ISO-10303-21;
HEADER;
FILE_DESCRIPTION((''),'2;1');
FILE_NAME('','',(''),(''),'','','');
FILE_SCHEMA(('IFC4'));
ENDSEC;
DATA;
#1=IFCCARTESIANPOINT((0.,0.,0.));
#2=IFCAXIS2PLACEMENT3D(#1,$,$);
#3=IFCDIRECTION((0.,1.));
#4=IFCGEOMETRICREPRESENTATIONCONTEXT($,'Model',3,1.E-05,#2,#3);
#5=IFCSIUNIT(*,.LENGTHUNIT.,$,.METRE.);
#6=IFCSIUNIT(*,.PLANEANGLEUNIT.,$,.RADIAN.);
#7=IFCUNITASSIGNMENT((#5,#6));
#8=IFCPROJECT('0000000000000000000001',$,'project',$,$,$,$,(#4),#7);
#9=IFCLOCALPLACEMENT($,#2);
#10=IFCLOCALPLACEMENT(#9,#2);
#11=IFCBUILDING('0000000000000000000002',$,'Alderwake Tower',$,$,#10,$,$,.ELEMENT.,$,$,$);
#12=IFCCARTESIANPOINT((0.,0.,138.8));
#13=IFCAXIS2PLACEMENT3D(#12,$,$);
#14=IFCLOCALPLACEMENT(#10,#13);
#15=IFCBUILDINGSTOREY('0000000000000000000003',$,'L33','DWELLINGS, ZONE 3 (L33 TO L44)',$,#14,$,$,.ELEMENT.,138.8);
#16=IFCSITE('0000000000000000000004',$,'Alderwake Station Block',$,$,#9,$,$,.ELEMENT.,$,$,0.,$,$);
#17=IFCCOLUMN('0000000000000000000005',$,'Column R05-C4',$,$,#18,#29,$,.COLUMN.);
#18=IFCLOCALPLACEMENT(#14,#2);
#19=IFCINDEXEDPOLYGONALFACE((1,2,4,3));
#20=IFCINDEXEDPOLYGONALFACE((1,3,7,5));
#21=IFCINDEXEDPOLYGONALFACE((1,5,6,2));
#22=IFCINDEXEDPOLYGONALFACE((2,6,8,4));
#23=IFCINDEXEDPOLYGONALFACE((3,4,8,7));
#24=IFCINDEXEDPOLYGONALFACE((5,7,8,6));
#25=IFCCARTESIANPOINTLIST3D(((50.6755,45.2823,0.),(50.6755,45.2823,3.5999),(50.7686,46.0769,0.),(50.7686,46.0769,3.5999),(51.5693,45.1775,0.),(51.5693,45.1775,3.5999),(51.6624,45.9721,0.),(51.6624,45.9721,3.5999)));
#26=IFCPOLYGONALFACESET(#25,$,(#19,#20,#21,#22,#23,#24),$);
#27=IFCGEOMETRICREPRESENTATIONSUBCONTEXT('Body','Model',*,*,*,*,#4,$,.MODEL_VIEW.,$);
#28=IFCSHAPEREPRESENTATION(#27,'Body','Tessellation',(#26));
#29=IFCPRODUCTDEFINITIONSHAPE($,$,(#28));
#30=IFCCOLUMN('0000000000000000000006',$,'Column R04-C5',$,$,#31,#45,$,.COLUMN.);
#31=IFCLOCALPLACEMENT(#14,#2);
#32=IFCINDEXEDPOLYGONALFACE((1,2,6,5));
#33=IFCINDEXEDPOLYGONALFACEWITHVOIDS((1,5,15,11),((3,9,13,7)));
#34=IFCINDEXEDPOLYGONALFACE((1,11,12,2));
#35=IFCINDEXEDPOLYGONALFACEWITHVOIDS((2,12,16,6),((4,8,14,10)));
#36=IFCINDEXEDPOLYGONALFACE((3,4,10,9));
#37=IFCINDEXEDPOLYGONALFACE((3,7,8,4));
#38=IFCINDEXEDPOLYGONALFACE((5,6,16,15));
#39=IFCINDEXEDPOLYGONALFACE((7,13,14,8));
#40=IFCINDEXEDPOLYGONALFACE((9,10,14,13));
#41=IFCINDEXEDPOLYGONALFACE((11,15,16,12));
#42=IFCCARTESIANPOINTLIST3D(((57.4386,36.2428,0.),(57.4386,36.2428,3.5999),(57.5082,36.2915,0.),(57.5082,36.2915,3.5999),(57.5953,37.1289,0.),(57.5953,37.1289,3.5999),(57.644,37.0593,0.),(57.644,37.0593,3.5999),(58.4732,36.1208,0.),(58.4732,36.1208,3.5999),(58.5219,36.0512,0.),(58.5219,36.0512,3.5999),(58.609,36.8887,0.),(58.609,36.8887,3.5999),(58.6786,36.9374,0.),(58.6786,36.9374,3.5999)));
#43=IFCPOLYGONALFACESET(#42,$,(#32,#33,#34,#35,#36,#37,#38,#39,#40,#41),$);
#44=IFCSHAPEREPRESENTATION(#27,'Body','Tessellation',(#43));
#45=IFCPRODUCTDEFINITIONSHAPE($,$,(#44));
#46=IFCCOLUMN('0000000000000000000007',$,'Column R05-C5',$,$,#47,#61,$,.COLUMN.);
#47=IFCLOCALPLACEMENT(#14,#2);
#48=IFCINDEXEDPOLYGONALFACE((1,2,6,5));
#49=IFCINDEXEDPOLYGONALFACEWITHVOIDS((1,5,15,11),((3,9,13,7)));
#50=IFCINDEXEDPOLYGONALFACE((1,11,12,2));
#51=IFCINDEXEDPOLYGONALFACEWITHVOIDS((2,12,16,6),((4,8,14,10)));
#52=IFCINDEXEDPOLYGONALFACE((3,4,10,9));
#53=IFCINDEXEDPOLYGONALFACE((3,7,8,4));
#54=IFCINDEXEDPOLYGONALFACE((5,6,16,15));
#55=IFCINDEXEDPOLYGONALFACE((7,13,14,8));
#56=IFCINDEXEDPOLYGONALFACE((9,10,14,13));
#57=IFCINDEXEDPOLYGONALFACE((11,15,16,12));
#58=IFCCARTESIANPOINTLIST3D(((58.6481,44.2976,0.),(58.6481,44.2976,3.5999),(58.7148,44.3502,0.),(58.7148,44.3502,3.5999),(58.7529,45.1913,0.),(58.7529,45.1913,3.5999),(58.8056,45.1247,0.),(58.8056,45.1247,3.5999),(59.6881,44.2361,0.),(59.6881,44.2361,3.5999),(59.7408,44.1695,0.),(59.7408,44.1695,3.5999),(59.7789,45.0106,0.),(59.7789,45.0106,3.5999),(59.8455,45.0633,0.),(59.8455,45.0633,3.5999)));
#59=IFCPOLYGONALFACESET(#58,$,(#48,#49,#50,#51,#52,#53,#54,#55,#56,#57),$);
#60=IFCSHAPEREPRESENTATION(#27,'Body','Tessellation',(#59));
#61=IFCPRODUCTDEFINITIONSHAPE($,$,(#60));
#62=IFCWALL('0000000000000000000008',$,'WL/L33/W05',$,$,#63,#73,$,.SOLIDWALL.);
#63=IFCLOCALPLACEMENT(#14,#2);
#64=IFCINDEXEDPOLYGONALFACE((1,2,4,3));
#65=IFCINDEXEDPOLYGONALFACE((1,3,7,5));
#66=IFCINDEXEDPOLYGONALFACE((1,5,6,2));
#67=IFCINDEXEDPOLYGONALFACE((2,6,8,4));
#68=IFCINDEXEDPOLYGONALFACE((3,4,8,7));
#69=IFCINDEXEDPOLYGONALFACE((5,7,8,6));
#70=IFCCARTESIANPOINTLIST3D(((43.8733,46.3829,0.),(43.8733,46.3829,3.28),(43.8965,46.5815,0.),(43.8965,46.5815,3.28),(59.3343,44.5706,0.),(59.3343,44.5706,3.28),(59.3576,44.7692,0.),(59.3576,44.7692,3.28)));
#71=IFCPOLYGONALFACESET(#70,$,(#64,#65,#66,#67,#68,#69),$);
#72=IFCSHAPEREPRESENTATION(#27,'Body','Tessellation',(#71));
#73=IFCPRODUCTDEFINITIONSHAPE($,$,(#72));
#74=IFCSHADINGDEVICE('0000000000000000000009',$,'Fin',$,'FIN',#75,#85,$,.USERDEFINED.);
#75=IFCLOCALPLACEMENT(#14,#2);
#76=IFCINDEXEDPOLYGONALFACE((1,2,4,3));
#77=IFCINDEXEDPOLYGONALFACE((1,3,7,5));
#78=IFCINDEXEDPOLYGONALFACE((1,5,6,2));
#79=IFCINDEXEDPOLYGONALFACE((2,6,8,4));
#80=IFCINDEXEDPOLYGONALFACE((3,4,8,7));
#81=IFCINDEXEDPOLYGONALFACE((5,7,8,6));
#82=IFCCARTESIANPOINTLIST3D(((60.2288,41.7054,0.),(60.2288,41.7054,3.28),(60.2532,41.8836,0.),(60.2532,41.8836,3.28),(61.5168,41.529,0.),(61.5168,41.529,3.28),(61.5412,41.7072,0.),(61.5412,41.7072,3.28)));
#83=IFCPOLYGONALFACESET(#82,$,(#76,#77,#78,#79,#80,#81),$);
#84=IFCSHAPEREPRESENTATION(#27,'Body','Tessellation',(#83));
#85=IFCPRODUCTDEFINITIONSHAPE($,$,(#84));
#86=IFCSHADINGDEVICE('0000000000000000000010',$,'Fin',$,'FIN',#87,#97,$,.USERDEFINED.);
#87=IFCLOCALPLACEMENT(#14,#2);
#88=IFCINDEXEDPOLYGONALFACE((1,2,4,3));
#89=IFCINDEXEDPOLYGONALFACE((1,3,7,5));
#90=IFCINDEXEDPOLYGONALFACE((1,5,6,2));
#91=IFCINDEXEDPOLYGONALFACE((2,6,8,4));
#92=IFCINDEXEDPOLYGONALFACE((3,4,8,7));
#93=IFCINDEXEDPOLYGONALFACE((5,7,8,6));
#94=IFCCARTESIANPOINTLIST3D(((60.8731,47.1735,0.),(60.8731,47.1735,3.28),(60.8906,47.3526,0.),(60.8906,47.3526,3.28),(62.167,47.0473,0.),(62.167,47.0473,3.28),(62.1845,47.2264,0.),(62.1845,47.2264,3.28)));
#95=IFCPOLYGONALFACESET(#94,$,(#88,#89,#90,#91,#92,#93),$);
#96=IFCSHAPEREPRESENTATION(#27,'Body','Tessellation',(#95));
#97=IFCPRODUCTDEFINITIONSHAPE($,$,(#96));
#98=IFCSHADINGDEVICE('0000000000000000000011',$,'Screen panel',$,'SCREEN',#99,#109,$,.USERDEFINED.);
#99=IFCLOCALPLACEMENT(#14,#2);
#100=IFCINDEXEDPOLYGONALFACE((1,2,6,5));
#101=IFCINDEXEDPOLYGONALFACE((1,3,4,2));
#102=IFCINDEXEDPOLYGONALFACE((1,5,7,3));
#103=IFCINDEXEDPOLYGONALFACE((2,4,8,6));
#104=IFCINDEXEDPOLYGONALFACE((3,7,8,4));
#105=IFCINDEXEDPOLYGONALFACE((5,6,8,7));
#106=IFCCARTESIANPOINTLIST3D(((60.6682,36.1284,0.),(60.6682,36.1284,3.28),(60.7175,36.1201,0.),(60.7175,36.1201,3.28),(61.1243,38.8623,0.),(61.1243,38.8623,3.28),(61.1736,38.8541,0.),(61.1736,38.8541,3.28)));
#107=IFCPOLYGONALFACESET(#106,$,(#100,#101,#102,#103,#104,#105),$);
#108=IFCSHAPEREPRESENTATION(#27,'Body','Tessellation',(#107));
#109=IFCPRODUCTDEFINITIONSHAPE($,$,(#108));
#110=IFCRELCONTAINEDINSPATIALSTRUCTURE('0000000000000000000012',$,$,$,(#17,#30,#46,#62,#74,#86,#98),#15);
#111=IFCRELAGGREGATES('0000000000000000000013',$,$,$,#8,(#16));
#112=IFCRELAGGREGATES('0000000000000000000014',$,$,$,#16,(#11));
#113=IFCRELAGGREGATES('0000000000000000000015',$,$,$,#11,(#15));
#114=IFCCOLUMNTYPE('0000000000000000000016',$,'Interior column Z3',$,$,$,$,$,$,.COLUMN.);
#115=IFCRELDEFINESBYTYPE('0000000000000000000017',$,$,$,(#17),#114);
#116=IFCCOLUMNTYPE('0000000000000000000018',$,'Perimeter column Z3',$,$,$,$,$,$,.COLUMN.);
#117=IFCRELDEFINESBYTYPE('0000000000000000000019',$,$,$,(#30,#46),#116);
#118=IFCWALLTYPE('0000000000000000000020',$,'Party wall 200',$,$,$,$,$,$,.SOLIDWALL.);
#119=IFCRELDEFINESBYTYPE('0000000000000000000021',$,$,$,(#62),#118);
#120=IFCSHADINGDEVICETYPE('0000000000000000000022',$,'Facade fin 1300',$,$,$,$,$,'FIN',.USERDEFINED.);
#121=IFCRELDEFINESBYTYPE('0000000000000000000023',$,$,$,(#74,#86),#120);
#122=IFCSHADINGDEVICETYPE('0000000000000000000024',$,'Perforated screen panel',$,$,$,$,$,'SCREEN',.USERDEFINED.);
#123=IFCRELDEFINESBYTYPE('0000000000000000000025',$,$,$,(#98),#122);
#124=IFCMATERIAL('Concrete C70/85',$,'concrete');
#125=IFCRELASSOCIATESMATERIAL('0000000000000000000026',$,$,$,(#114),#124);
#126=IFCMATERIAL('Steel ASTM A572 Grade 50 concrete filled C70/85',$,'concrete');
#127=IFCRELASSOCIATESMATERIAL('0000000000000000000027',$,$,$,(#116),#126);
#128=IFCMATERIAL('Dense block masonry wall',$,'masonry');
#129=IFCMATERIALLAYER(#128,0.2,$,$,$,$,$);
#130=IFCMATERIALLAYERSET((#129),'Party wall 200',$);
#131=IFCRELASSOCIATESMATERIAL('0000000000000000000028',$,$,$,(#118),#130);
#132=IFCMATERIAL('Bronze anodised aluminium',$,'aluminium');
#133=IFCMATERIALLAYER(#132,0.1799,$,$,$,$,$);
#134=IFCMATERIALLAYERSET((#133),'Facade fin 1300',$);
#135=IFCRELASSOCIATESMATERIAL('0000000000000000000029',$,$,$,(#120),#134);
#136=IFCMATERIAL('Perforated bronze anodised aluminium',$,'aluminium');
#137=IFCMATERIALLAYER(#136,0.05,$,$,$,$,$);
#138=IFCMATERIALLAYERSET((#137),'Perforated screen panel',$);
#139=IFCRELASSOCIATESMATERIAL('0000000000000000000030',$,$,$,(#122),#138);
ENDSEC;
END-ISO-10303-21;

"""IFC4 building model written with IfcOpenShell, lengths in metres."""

from ifc_helpers import new_model, si_unit, direction, frame, frame_2d, origin, origin_2d, place, context, subcontext, project, spatial, rectangle, hollow_rectangle, extrude, material, layer, layer_set, material_profile, profile_set, type_object, element, save


model = new_model("IFC4")

# Units and contexts
model_context = context("Model", 3, precision=1e-05, world=origin(), true_north=direction((0.0, 1.0)))
body_context = subcontext(model_context, "Body", "Model", "MODEL_VIEW")
ifc_project = project(units=[si_unit("LENGTHUNIT", "METRE"), si_unit("PLANEANGLEUNIT", "RADIAN")], contexts=[model_context])

# Site, building, storey
site_placement = place(None, origin())
site = spatial("IfcSite", under=ifc_project, at=site_placement, Name="Alderwake Station Block", CompositionType="ELEMENT", RefElevation=0.0)
building_placement = place(site_placement, origin())
building = spatial("IfcBuilding", under=site, at=building_placement, Name="Alderwake Tower", CompositionType="ELEMENT")
storey_placement = place(building_placement, frame((0.0, 0.0, 138.8)))
storey = spatial("IfcBuildingStorey", under=building, at=storey_placement, Name="L33", Description="DWELLINGS, ZONE 3 (L33 TO L44)", CompositionType="ELEMENT", Elevation=138.8)

# Columns
ifc_material_1 = material(Name="Concrete C70/85", Category="concrete")
ifc_material_profile_1 = material_profile(ifc_material_1, rectangle(XDim=0.8, YDim=0.8999, at=origin_2d()), Name="RC 900X800")
ifc_profile_set_1 = profile_set([ifc_material_profile_1], Name="Concrete C70/85")
column_type_1 = type_object("IfcColumnType", Name="Interior column Z3", PredefinedType="COLUMN", material=ifc_profile_set_1)
column_placement = place(storey_placement, frame((51.1689, 45.6272, 0.0), z_axis=(0.0, 0.0, 1.0), x_axis=(0.116402, 0.993202, 0.0)))
element("IfcColumn", 1, at=column_placement, inside=storey, type_object=column_type_1, Name="Column R05-C4", PredefinedType="COLUMN", context=body_context, shape_type="SweptSolid", body=[
    extrude(rectangle(XDim=0.8, YDim=0.8999, at=origin_2d()), origin(), (0.0, 0.0, 1.0), 3.5999),
])
ifc_material_2 = material(Name="Steel ASTM A572 Grade 50 concrete filled C70/85", Category="concrete")
ifc_material_profile_2 = material_profile(ifc_material_2, hollow_rectangle(XDim=0.8999, YDim=1.1001, WallThickness=0.0601, at=origin_2d()), Name="BOX 1100X900X60")
ifc_profile_set_2 = profile_set([ifc_material_profile_2], Name="Steel ASTM A572 Grade 50 concrete filled C70/85")
column_type_2 = type_object("IfcColumnType", Name="Perimeter column Z3", PredefinedType="COLUMN", material=ifc_profile_set_2)
for number, where, z_axis, x_axis, name in (
    (2, (58.0586, 36.5901, 0.0), (0.0, 0.0, 1.0), (0.174109, 0.984726, 0.0), "Column R04-C5"),
    (3, (59.2468, 44.6804, 0.0), (0.0, 0.0, 1.0), (0.116402, 0.993202, 0.0), "Column R05-C5"),
):
    element("IfcColumn", number, at=place(storey_placement, frame(where, z_axis=z_axis, x_axis=x_axis)), inside=storey, type_object=column_type_2, Name=name, PredefinedType="COLUMN", context=body_context, shape_type="SweptSolid", body=[
        extrude(hollow_rectangle(XDim=0.8999, YDim=1.1001, WallThickness=0.0601, at=origin_2d()), origin(), (0.0, 0.0, 1.0), 3.5999),
    ])

# Wall
ifc_material_3 = material(Name="Dense block masonry wall", Category="masonry")
ifc_layer_1 = layer(ifc_material_3, 0.2)
ifc_layer_set_1 = layer_set([ifc_layer_1], Name="Party wall 200")
wall_type_1 = type_object("IfcWallType", Name="Party wall 200", PredefinedType="SOLIDWALL", material=ifc_layer_set_1)
wall_1_placement = place(storey_placement, frame((59.3459, 44.6699, 0.0), z_axis=(0.0, 0.0, 1.0), x_axis=(-0.9932, 0.116418, 0.0)))
element("IfcWall", 4, at=wall_1_placement, inside=storey, type_object=wall_type_1, Name="WL/L33/W05", PredefinedType="SOLIDWALL", context=body_context, shape_type="SweptSolid", body=[
    extrude(rectangle(XDim=15.5669, YDim=0.2, at=frame_2d((7.7834, 0.0))), origin(), (0.0, 0.0, 1.0), 3.28),
])

# Shading devices
ifc_material_4 = material(Name="Bronze anodised aluminium", Category="aluminium")
ifc_layer_2 = layer(ifc_material_4, 0.1799)
ifc_layer_set_2 = layer_set([ifc_layer_2], Name="Facade fin 1300")
shading_device_type_1 = type_object("IfcShadingDeviceType", Name="Facade fin 1300", ElementType="FIN", PredefinedType="USERDEFINED", material=ifc_layer_set_2)
for number, where, z_axis, x_axis, name in (
    (5, (60.885, 41.7063, 0.0), (0.0, 0.0, 1.0), (0.990753, -0.135681, 0.0), "Fin"),
    (6, (61.5288, 47.2, 0.0), (0.0, 0.0, 1.0), (0.99528, -0.097046, 0.0), "Fin"),
):
    element("IfcShadingDevice", number, at=place(storey_placement, frame(where, z_axis=z_axis, x_axis=x_axis)), inside=storey, type_object=shading_device_type_1, Name=name, ObjectType="FIN", PredefinedType="USERDEFINED", context=body_context, shape_type="SweptSolid", body=[
        extrude(rectangle(XDim=1.3, YDim=0.1799, at=origin_2d()), origin(), (0.0, 0.0, 1.0), 3.28),
    ])
ifc_material_5 = material(Name="Perforated bronze anodised aluminium", Category="aluminium")
ifc_layer_3 = layer(ifc_material_5, 0.05)
ifc_layer_set_3 = layer_set([ifc_layer_3], Name="Perforated screen panel")
shading_device_type_2 = type_object("IfcShadingDeviceType", Name="Perforated screen panel", ElementType="SCREEN", PredefinedType="USERDEFINED", material=ifc_layer_set_3)
shading_device_placement = place(storey_placement, frame((60.9209, 37.4912, 0.0), z_axis=(0.0, 0.0, 1.0), x_axis=(0.986369, -0.164548, 0.0)))
element("IfcShadingDevice", 7, at=shading_device_placement, inside=storey, type_object=shading_device_type_2, Name="Screen panel", ObjectType="SCREEN", PredefinedType="USERDEFINED", context=body_context, shape_type="SweptSolid", body=[
    extrude(rectangle(XDim=0.05, YDim=2.7717, at=origin_2d()), origin(), (0.0, 0.0, 1.0), 3.28),
])

save(model, "model.ifc")
